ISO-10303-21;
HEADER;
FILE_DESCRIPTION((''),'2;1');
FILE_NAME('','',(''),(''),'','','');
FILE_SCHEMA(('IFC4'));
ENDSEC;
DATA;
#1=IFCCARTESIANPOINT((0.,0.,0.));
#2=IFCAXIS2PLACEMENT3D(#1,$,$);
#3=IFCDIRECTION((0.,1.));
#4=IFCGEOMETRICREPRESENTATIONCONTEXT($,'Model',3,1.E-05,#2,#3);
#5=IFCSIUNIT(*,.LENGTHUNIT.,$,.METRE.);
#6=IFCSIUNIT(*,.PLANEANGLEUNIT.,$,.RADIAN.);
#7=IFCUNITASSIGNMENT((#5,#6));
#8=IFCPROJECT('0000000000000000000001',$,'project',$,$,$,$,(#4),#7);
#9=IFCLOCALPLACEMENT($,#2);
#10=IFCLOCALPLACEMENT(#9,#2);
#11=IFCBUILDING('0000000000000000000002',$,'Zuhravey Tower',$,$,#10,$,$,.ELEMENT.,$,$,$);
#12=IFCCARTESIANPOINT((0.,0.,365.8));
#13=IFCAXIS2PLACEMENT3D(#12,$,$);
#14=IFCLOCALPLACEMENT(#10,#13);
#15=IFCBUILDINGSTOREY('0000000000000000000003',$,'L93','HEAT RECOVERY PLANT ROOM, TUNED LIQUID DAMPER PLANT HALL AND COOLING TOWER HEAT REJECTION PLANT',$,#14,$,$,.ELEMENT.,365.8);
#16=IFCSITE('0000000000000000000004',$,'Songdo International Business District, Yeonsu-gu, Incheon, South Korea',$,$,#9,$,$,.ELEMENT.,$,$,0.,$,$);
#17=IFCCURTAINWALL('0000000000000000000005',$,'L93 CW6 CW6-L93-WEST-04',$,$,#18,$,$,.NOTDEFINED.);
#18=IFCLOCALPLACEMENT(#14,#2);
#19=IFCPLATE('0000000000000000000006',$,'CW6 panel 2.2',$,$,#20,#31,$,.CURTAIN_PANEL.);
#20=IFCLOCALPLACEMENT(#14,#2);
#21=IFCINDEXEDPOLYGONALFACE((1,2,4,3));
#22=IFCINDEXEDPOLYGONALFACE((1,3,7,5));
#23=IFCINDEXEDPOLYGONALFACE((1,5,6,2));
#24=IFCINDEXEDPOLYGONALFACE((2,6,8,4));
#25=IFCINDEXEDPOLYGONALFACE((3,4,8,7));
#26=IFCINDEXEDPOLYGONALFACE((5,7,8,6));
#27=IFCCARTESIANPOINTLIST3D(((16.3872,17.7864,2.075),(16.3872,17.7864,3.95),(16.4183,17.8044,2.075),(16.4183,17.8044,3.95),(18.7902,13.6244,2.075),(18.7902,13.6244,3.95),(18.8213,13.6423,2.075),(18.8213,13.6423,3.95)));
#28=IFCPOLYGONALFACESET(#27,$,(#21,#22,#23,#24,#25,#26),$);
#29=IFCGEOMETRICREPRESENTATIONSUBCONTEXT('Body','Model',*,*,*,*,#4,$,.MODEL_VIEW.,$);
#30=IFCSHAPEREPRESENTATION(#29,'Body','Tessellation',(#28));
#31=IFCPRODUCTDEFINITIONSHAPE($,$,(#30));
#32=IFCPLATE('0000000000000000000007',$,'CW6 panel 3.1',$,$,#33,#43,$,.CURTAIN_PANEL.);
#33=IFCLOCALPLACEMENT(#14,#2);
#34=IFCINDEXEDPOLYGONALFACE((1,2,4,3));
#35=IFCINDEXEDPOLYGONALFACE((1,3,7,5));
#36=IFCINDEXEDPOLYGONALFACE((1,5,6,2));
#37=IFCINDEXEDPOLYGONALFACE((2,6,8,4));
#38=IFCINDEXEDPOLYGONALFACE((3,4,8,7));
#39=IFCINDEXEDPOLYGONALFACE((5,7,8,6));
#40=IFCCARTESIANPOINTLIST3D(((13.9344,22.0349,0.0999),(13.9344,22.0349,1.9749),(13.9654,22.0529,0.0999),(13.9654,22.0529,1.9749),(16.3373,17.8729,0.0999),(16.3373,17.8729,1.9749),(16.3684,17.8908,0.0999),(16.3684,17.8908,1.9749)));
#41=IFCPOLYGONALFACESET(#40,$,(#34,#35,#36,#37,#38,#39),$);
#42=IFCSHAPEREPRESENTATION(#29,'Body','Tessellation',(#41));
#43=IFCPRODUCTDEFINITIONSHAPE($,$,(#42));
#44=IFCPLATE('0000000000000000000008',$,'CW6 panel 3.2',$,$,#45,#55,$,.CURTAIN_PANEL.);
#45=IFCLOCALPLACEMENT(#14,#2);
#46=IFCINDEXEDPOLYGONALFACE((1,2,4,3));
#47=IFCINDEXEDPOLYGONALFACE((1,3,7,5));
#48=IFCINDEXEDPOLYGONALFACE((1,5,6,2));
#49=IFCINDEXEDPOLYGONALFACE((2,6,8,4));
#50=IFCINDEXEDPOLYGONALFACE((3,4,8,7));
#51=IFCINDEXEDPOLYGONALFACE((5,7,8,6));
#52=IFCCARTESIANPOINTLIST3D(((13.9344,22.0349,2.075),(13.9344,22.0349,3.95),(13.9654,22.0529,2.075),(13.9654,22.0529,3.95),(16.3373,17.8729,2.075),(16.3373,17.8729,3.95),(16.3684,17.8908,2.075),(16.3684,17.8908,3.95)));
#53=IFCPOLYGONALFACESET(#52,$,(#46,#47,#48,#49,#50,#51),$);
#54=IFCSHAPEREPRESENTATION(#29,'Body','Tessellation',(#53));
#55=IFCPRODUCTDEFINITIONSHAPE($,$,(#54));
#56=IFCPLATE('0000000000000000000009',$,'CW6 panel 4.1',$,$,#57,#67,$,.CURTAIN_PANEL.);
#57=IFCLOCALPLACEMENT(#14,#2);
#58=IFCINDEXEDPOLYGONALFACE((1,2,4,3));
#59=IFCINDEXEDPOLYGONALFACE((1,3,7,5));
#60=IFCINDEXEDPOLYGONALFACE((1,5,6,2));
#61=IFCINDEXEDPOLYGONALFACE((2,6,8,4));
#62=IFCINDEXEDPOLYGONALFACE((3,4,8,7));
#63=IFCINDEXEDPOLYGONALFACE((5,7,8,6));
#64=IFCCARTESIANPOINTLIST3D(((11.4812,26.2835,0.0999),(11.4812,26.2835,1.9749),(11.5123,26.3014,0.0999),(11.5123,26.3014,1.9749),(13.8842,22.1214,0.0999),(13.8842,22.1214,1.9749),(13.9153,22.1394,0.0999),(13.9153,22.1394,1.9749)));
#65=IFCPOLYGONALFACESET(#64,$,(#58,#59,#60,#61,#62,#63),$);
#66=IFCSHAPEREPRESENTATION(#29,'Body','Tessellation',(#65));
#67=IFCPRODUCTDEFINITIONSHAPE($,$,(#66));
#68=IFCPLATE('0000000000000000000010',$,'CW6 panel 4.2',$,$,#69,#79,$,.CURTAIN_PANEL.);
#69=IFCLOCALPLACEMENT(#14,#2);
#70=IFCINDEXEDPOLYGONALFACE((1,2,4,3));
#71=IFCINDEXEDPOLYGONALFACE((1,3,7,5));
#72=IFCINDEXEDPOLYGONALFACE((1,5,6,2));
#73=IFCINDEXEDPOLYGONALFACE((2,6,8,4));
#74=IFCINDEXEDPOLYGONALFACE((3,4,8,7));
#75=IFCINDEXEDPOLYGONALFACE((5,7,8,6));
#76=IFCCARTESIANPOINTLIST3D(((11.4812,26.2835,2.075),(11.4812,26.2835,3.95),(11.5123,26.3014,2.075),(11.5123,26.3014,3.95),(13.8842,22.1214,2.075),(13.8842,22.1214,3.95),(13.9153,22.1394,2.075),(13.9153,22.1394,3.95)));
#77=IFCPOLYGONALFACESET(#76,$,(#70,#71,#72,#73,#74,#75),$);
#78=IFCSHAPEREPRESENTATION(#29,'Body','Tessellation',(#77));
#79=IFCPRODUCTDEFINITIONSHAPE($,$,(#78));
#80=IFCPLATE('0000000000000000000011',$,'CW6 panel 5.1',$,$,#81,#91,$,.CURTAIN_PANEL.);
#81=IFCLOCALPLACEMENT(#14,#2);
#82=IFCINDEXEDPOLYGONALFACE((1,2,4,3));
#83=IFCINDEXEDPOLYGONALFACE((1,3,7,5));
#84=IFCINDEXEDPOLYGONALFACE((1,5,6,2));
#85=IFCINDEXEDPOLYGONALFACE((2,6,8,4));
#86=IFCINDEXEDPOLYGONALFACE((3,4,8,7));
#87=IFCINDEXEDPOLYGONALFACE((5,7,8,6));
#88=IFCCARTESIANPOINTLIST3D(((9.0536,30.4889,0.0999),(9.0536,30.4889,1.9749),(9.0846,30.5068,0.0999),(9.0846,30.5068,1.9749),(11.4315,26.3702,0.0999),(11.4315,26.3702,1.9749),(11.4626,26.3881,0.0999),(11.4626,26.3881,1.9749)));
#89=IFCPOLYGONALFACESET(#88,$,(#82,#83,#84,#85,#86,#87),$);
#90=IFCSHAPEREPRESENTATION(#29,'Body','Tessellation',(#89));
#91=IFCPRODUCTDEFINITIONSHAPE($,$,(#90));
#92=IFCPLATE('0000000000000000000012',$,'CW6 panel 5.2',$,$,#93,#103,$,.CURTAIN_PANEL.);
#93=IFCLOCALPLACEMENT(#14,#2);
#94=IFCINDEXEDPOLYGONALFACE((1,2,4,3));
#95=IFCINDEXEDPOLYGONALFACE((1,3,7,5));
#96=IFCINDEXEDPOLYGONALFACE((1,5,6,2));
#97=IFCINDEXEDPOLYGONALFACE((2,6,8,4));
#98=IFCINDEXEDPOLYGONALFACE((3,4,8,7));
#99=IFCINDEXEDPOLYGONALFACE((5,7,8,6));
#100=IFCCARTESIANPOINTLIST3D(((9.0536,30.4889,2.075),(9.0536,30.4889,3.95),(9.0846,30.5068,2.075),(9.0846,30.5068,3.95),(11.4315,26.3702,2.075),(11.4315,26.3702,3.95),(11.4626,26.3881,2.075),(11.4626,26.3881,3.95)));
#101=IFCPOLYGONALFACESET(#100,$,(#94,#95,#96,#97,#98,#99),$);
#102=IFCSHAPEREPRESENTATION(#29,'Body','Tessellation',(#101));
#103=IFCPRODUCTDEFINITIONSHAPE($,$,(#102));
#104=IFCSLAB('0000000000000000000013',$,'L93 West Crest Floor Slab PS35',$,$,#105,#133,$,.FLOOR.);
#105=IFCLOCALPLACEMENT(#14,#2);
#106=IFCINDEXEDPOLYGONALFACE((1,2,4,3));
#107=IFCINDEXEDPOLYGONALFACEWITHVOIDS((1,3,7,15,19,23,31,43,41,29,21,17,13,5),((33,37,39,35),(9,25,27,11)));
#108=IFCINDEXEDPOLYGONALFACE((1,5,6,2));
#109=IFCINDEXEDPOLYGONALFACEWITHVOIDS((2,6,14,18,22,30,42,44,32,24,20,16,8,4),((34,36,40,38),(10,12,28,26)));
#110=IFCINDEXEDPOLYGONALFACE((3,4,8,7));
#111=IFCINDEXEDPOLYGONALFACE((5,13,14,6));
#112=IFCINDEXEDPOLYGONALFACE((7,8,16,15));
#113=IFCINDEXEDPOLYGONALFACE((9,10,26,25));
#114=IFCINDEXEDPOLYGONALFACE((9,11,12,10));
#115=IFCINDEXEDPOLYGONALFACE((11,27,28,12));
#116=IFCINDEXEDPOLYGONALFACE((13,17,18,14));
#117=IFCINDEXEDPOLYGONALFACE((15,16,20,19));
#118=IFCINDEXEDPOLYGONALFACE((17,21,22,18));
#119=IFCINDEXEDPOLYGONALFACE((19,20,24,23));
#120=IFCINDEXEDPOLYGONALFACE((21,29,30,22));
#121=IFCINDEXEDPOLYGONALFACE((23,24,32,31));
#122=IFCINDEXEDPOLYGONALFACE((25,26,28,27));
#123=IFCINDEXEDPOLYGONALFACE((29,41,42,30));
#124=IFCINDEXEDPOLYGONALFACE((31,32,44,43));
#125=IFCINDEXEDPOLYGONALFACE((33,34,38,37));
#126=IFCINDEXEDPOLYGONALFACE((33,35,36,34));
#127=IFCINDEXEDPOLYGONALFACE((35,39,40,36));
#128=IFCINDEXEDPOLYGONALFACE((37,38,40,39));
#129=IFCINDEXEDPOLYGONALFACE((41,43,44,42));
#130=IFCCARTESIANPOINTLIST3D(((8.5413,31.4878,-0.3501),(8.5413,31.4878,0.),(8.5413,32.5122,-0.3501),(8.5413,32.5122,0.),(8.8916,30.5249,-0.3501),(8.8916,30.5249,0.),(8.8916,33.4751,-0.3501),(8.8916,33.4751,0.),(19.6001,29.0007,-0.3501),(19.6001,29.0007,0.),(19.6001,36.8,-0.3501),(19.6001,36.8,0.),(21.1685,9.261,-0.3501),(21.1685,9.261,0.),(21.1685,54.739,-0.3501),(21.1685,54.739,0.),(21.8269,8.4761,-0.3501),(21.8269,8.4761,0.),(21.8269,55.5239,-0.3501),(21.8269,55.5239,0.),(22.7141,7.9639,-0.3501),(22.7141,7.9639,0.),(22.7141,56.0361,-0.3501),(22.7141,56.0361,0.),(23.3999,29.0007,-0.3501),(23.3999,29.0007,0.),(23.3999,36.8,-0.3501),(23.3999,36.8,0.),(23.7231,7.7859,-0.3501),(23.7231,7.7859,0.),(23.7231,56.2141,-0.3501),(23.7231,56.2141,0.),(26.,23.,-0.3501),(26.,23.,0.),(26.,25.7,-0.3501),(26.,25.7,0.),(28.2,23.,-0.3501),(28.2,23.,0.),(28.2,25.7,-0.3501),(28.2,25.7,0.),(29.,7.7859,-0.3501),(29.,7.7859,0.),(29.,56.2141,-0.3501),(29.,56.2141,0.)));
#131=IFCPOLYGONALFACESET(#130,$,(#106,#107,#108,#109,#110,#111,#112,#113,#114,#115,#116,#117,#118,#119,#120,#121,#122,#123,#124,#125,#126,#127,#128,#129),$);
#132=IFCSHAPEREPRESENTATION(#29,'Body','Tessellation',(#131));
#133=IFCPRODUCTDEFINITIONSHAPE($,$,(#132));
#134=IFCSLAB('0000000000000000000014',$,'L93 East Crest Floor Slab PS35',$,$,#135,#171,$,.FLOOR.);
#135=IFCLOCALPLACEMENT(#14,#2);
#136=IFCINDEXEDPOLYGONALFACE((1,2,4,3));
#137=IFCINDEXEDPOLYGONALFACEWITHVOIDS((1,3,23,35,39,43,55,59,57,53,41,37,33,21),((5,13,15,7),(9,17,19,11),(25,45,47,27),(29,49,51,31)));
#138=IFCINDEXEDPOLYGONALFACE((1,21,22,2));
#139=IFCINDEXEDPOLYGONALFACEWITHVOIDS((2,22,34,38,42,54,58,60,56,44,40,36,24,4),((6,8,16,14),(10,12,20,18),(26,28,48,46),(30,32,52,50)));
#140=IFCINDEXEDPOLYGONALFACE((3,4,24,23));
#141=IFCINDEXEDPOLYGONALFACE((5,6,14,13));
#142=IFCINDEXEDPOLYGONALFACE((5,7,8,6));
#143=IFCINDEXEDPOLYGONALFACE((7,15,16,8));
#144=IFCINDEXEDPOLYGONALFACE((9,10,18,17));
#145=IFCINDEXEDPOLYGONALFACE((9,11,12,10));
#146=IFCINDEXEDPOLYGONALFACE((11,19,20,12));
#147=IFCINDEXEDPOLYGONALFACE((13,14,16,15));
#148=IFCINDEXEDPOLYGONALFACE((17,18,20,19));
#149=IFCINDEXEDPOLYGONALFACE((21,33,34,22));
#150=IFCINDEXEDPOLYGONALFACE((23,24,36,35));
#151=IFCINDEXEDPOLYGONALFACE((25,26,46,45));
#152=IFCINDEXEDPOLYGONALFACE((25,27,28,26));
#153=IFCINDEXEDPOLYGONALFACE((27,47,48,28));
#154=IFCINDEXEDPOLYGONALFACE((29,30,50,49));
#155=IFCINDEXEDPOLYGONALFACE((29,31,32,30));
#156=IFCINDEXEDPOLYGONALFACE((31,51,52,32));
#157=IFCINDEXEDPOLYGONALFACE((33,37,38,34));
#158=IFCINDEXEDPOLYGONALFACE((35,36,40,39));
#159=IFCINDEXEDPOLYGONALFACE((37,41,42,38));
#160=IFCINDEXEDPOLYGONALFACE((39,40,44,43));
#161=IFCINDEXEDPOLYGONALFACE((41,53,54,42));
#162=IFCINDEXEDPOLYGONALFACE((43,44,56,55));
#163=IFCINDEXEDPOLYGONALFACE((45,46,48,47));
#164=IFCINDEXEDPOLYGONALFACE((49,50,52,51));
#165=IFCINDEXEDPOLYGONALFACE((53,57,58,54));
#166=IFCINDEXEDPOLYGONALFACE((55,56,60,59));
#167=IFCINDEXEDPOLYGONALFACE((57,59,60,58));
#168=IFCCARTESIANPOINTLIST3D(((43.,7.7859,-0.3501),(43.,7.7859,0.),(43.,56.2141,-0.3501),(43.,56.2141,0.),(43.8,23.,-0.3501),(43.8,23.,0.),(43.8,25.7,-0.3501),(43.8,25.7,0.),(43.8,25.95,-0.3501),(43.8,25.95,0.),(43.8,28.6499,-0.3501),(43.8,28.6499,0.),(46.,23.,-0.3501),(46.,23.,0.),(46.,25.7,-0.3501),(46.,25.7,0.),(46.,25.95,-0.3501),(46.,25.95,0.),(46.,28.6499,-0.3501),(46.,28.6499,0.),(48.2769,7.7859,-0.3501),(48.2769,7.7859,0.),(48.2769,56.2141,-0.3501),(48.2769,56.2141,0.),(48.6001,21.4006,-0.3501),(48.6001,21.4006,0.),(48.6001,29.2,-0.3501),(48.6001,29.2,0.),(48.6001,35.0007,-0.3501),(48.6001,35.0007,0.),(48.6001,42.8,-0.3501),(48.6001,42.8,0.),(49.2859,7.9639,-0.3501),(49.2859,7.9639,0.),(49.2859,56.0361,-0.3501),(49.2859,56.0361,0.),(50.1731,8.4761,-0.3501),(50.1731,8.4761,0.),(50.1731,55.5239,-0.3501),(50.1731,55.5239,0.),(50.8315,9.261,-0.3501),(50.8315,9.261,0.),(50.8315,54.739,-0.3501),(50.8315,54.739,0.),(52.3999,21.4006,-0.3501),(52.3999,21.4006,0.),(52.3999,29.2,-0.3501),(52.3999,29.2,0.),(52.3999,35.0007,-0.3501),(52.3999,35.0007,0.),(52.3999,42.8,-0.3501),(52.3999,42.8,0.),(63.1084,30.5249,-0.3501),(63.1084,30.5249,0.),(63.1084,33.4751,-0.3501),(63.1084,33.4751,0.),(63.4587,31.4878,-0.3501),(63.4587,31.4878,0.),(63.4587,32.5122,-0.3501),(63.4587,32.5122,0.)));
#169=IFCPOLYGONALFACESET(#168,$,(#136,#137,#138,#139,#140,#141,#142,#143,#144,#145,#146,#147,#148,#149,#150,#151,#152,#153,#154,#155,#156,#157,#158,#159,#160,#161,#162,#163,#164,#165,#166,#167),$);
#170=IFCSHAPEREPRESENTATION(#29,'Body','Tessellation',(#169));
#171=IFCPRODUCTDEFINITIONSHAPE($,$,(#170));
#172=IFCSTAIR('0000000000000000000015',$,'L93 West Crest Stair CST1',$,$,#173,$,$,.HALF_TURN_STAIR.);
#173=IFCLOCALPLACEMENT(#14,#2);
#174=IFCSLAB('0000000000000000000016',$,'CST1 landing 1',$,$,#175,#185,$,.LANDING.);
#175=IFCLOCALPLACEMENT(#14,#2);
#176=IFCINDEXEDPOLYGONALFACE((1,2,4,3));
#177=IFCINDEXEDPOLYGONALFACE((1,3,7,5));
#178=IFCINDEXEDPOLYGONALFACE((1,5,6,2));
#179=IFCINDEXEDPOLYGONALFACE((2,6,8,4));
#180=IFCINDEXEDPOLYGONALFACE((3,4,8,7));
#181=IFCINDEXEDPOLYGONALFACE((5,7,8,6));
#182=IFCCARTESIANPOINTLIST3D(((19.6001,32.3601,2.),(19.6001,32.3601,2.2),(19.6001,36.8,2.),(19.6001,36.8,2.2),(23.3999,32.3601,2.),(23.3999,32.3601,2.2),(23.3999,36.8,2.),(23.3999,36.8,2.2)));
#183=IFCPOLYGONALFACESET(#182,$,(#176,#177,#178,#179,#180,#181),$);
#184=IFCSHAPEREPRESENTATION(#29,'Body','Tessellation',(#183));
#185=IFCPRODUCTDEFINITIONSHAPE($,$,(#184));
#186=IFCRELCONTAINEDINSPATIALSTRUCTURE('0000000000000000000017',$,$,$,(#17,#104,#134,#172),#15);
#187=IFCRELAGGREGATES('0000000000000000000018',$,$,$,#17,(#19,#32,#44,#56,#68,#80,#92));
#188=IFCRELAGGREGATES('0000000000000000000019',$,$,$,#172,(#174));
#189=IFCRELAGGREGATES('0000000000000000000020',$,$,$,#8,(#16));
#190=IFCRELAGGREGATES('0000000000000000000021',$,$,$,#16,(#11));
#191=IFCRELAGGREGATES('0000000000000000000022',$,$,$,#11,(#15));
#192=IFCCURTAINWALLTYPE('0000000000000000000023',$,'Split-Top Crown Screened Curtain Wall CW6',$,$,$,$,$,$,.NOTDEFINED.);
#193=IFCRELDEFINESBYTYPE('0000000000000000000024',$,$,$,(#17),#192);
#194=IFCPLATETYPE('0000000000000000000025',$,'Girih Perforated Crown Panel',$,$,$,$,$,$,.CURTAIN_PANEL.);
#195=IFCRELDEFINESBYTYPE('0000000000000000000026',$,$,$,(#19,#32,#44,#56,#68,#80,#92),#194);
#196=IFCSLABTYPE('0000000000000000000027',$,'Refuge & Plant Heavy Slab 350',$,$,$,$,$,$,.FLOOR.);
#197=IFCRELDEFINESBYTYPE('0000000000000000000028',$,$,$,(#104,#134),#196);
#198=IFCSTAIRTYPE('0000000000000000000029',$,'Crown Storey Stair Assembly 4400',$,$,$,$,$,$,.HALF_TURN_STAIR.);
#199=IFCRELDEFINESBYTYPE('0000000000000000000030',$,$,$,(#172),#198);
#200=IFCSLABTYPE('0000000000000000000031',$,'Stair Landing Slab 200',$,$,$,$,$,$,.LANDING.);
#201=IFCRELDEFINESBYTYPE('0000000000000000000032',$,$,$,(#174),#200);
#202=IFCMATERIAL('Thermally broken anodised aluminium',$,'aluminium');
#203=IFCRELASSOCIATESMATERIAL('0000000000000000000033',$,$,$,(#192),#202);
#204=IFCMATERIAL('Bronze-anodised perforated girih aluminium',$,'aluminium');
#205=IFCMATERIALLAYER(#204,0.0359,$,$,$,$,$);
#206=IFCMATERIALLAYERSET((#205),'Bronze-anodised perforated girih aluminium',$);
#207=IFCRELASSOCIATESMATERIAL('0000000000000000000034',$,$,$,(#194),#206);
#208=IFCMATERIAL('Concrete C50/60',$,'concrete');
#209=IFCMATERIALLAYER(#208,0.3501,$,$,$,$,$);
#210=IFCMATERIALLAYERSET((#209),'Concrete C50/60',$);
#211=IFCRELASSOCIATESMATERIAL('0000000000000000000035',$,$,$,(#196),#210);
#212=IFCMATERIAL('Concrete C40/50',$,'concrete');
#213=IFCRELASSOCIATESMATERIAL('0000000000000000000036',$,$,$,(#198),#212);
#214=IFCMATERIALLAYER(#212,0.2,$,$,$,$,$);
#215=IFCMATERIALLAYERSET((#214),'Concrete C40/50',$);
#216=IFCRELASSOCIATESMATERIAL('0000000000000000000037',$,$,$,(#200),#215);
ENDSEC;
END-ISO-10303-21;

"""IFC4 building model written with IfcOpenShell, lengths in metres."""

from ifc_helpers import new_model, si_unit, direction, frame, origin, origin_2d, place, context, subcontext, project, spatial, polyline, rectangle, outline, extrude, material, layer, layer_set, type_object, element, aggregate, save


model = new_model("IFC4")

# Units and contexts
model_context = context("Model", 3, precision=1e-05, world=origin(), true_north=direction((0.0, 1.0)))
body_context = subcontext(model_context, "Body", "Model", "MODEL_VIEW")
ifc_project = project(units=[si_unit("LENGTHUNIT", "METRE"), si_unit("PLANEANGLEUNIT", "RADIAN")], contexts=[model_context])

# Site, building, storey
site_placement = place(None, origin())
site = spatial("IfcSite", under=ifc_project, at=site_placement, Name="Songdo International Business District, Yeonsu-gu, Incheon, South Korea", CompositionType="ELEMENT", RefElevation=0.0)
building_placement = place(site_placement, origin())
building = spatial("IfcBuilding", under=site, at=building_placement, Name="Zuhravey Tower", CompositionType="ELEMENT")
storey_placement = place(building_placement, frame((0.0, 0.0, 365.8)))
storey = spatial("IfcBuildingStorey", under=building, at=storey_placement, Name="L93", Description="HEAT RECOVERY PLANT ROOM, TUNED LIQUID DAMPER PLANT HALL AND COOLING TOWER HEAT REJECTION PLANT", CompositionType="ELEMENT", Elevation=365.8)

# Curtain wall
ifc_material_1 = material(Name="Thermally broken anodised aluminium", Category="aluminium")
curtain_wall_type = type_object("IfcCurtainWallType", Name="Split-Top Crown Screened Curtain Wall CW6", PredefinedType="NOTDEFINED", material=ifc_material_1)
curtain_wall_placement = place(storey_placement, origin())
curtain_wall = element("IfcCurtainWall", 1, at=curtain_wall_placement, inside=storey, type_object=curtain_wall_type, Name="L93 CW6 CW6-L93-WEST-04", PredefinedType="NOTDEFINED")

# Plates
ifc_material_2 = material(Name="Bronze-anodised perforated girih aluminium", Category="aluminium")
ifc_layer_1 = layer(ifc_material_2, 0.0359)
ifc_layer_set_1 = layer_set([ifc_layer_1], Name="Bronze-anodised perforated girih aluminium")
plate_type = type_object("IfcPlateType", Name="Girih Perforated Crown Panel", PredefinedType="CURTAIN_PANEL", material=ifc_layer_set_1)
plate_1_placement = place(storey_placement, frame((17.6042, 15.7144, 2.075), z_axis=(0.0, 0.0, 1.0), x_axis=(-0.499997, 0.866027, 0.0)))
plate_1 = element("IfcPlate", 2, at=plate_1_placement, type_object=plate_type, Name="CW6 panel 2.2", PredefinedType="CURTAIN_PANEL", context=body_context, shape_type="SweptSolid", body=[
    extrude(rectangle(XDim=4.8059, YDim=0.0359, at=origin_2d()), origin(), (0.0, 0.0, 1.0), 1.875),
])
plate_2_placement = place(storey_placement, frame((15.1514, 19.9629, 0.0999), z_axis=(0.0, 0.0, 1.0), x_axis=(-0.499997, 0.866027, 0.0)))
plate_2 = element("IfcPlate", 3, at=plate_2_placement, type_object=plate_type, Name="CW6 panel 3.1", PredefinedType="CURTAIN_PANEL", context=body_context, shape_type="SweptSolid", body=[
    extrude(rectangle(XDim=4.8059, YDim=0.0359, at=origin_2d()), origin(), (0.0, 0.0, 1.0), 1.875),
])
plate_3_placement = place(storey_placement, frame((15.1514, 19.9629, 2.075), z_axis=(0.0, 0.0, 1.0), x_axis=(-0.499997, 0.866027, 0.0)))
plate_3 = element("IfcPlate", 4, at=plate_3_placement, type_object=plate_type, Name="CW6 panel 3.2", PredefinedType="CURTAIN_PANEL", context=body_context, shape_type="SweptSolid", body=[
    extrude(rectangle(XDim=4.8059, YDim=0.0359, at=origin_2d()), origin(), (0.0, 0.0, 1.0), 1.875),
])
plate_4_placement = place(storey_placement, frame((12.6982, 24.2114, 0.0999), z_axis=(0.0, 0.0, 1.0), x_axis=(-0.499997, 0.866027, 0.0)))
plate_4 = element("IfcPlate", 5, at=plate_4_placement, type_object=plate_type, Name="CW6 panel 4.1", PredefinedType="CURTAIN_PANEL", context=body_context, shape_type="SweptSolid", body=[
    extrude(rectangle(XDim=4.8059, YDim=0.0359, at=origin_2d()), origin(), (0.0, 0.0, 1.0), 1.875),
])
plate_5_placement = place(storey_placement, frame((12.6982, 24.2114, 2.075), z_axis=(0.0, 0.0, 1.0), x_axis=(-0.499997, 0.866027, 0.0)))
plate_5 = element("IfcPlate", 6, at=plate_5_placement, type_object=plate_type, Name="CW6 panel 4.2", PredefinedType="CURTAIN_PANEL", context=body_context, shape_type="SweptSolid", body=[
    extrude(rectangle(XDim=4.8059, YDim=0.0359, at=origin_2d()), origin(), (0.0, 0.0, 1.0), 1.875),
])
plate_6_placement = place(storey_placement, frame((10.2581, 28.4385, 0.0999), z_axis=(0.0, 0.0, 1.0), x_axis=(-0.499997, 0.866027, 0.0)))
plate_6 = element("IfcPlate", 7, at=plate_6_placement, type_object=plate_type, Name="CW6 panel 5.1", PredefinedType="CURTAIN_PANEL", context=body_context, shape_type="SweptSolid", body=[
    extrude(rectangle(XDim=4.7559, YDim=0.0359, at=origin_2d()), origin(), (0.0, 0.0, 1.0), 1.875),
])
plate_7_placement = place(storey_placement, frame((10.2581, 28.4385, 2.075), z_axis=(0.0, 0.0, 1.0), x_axis=(-0.499997, 0.866027, 0.0)))
plate_7 = element("IfcPlate", 8, at=plate_7_placement, type_object=plate_type, Name="CW6 panel 5.2", PredefinedType="CURTAIN_PANEL", context=body_context, shape_type="SweptSolid", body=[
    extrude(rectangle(XDim=4.7559, YDim=0.0359, at=origin_2d()), origin(), (0.0, 0.0, 1.0), 1.875),
])
aggregate(curtain_wall, [plate_1, plate_2, plate_3, plate_4, plate_5, plate_6, plate_7])

# Slabs
ifc_material_3 = material(Name="Concrete C50/60", Category="concrete")
ifc_layer_2 = layer(ifc_material_3, 0.3501)
ifc_layer_set_2 = layer_set([ifc_layer_2], Name="Concrete C50/60")
slab_type_1 = type_object("IfcSlabType", Name="Refuge & Plant Heavy Slab 350", PredefinedType="FLOOR", material=ifc_layer_set_2)
slab_1_placement = place(storey_placement, frame((0.0, 0.0, -0.3501)))
element("IfcSlab", 9, at=slab_1_placement, inside=storey, type_object=slab_type_1, Name="L93 West Crest Floor Slab PS35", PredefinedType="FLOOR", context=body_context, shape_type="SweptSolid", body=[
    extrude(outline(polyline([(23.7231, 7.7859), (22.7141, 7.9639), (21.8269, 8.4761), (21.1685, 9.261), (8.8916, 30.5249), (8.5413, 31.4878), (8.5413, 32.5122), (8.8916, 33.4751), (21.1685, 54.739), (21.8269, 55.5239), (22.7141, 56.0361), (23.7231, 56.2141), (29.0, 56.2141), (29.0, 7.7859), (23.7231, 7.7859)]), holes=[polyline([(23.3999, 29.0007), (23.3999, 36.8), (19.6001, 36.8), (19.6001, 29.0007), (23.3999, 29.0007)]), polyline([(26.0, 23.0), (28.2, 23.0), (28.2, 25.7), (26.0, 25.7), (26.0, 23.0)])]), origin(), (0.0, 0.0, 1.0), 0.3501),
])
slab_2_placement = place(storey_placement, frame((0.0, 0.0, -0.3501)))
element("IfcSlab", 10, at=slab_2_placement, inside=storey, type_object=slab_type_1, Name="L93 East Crest Floor Slab PS35", PredefinedType="FLOOR", context=body_context, shape_type="SweptSolid", body=[
    extrude(outline(polyline([(48.2769, 56.2141), (49.2859, 56.0361), (50.1731, 55.5239), (50.8315, 54.739), (63.1084, 33.4751), (63.4587, 32.5122), (63.4587, 31.4878), (63.1084, 30.5249), (50.8315, 9.261), (50.1731, 8.4761), (49.2859, 7.9639), (48.2769, 7.7859), (43.0, 7.7859), (43.0, 56.2141), (48.2769, 56.2141)]), holes=[polyline([(52.3999, 21.4006), (52.3999, 29.2), (48.6001, 29.2), (48.6001, 21.4006), (52.3999, 21.4006)]), polyline([(52.3999, 35.0007), (52.3999, 42.8), (48.6001, 42.8), (48.6001, 35.0007), (52.3999, 35.0007)]), polyline([(43.8, 23.0), (46.0, 23.0), (46.0, 25.7), (43.8, 25.7), (43.8, 23.0)]), polyline([(43.8, 25.95), (46.0, 25.95), (46.0, 28.6499), (43.8, 28.6499), (43.8, 25.95)])]), origin(), (0.0, 0.0, 1.0), 0.3501),
])

# Stair, slab
ifc_material_4 = material(Name="Concrete C40/50", Category="concrete")
stair_type = type_object("IfcStairType", Name="Crown Storey Stair Assembly 4400", PredefinedType="HALF_TURN_STAIR", material=ifc_material_4)
stair_1_placement = place(storey_placement, origin())
stair_1 = element("IfcStair", 11, at=stair_1_placement, inside=storey, type_object=stair_type, Name="L93 West Crest Stair CST1", PredefinedType="HALF_TURN_STAIR")
ifc_layer_3 = layer(ifc_material_4, 0.2)
ifc_layer_set_3 = layer_set([ifc_layer_3], Name="Concrete C40/50")
slab_type_2 = type_object("IfcSlabType", Name="Stair Landing Slab 200", PredefinedType="LANDING", material=ifc_layer_set_3)
slab_3_placement = place(storey_placement, frame((0.0, 0.0, 2.0)))
slab_3 = element("IfcSlab", 12, at=slab_3_placement, type_object=slab_type_2, Name="CST1 landing 1", PredefinedType="LANDING", context=body_context, shape_type="SweptSolid", body=[
    extrude(outline(polyline([(23.3999, 32.3601), (23.3999, 36.8), (19.6001, 36.8), (19.6001, 32.3601), (23.3999, 32.3601)])), origin(), (0.0, 0.0, 1.0), 0.2),
])
aggregate(stair_1, [slab_3])

save(model, "model.ifc")
